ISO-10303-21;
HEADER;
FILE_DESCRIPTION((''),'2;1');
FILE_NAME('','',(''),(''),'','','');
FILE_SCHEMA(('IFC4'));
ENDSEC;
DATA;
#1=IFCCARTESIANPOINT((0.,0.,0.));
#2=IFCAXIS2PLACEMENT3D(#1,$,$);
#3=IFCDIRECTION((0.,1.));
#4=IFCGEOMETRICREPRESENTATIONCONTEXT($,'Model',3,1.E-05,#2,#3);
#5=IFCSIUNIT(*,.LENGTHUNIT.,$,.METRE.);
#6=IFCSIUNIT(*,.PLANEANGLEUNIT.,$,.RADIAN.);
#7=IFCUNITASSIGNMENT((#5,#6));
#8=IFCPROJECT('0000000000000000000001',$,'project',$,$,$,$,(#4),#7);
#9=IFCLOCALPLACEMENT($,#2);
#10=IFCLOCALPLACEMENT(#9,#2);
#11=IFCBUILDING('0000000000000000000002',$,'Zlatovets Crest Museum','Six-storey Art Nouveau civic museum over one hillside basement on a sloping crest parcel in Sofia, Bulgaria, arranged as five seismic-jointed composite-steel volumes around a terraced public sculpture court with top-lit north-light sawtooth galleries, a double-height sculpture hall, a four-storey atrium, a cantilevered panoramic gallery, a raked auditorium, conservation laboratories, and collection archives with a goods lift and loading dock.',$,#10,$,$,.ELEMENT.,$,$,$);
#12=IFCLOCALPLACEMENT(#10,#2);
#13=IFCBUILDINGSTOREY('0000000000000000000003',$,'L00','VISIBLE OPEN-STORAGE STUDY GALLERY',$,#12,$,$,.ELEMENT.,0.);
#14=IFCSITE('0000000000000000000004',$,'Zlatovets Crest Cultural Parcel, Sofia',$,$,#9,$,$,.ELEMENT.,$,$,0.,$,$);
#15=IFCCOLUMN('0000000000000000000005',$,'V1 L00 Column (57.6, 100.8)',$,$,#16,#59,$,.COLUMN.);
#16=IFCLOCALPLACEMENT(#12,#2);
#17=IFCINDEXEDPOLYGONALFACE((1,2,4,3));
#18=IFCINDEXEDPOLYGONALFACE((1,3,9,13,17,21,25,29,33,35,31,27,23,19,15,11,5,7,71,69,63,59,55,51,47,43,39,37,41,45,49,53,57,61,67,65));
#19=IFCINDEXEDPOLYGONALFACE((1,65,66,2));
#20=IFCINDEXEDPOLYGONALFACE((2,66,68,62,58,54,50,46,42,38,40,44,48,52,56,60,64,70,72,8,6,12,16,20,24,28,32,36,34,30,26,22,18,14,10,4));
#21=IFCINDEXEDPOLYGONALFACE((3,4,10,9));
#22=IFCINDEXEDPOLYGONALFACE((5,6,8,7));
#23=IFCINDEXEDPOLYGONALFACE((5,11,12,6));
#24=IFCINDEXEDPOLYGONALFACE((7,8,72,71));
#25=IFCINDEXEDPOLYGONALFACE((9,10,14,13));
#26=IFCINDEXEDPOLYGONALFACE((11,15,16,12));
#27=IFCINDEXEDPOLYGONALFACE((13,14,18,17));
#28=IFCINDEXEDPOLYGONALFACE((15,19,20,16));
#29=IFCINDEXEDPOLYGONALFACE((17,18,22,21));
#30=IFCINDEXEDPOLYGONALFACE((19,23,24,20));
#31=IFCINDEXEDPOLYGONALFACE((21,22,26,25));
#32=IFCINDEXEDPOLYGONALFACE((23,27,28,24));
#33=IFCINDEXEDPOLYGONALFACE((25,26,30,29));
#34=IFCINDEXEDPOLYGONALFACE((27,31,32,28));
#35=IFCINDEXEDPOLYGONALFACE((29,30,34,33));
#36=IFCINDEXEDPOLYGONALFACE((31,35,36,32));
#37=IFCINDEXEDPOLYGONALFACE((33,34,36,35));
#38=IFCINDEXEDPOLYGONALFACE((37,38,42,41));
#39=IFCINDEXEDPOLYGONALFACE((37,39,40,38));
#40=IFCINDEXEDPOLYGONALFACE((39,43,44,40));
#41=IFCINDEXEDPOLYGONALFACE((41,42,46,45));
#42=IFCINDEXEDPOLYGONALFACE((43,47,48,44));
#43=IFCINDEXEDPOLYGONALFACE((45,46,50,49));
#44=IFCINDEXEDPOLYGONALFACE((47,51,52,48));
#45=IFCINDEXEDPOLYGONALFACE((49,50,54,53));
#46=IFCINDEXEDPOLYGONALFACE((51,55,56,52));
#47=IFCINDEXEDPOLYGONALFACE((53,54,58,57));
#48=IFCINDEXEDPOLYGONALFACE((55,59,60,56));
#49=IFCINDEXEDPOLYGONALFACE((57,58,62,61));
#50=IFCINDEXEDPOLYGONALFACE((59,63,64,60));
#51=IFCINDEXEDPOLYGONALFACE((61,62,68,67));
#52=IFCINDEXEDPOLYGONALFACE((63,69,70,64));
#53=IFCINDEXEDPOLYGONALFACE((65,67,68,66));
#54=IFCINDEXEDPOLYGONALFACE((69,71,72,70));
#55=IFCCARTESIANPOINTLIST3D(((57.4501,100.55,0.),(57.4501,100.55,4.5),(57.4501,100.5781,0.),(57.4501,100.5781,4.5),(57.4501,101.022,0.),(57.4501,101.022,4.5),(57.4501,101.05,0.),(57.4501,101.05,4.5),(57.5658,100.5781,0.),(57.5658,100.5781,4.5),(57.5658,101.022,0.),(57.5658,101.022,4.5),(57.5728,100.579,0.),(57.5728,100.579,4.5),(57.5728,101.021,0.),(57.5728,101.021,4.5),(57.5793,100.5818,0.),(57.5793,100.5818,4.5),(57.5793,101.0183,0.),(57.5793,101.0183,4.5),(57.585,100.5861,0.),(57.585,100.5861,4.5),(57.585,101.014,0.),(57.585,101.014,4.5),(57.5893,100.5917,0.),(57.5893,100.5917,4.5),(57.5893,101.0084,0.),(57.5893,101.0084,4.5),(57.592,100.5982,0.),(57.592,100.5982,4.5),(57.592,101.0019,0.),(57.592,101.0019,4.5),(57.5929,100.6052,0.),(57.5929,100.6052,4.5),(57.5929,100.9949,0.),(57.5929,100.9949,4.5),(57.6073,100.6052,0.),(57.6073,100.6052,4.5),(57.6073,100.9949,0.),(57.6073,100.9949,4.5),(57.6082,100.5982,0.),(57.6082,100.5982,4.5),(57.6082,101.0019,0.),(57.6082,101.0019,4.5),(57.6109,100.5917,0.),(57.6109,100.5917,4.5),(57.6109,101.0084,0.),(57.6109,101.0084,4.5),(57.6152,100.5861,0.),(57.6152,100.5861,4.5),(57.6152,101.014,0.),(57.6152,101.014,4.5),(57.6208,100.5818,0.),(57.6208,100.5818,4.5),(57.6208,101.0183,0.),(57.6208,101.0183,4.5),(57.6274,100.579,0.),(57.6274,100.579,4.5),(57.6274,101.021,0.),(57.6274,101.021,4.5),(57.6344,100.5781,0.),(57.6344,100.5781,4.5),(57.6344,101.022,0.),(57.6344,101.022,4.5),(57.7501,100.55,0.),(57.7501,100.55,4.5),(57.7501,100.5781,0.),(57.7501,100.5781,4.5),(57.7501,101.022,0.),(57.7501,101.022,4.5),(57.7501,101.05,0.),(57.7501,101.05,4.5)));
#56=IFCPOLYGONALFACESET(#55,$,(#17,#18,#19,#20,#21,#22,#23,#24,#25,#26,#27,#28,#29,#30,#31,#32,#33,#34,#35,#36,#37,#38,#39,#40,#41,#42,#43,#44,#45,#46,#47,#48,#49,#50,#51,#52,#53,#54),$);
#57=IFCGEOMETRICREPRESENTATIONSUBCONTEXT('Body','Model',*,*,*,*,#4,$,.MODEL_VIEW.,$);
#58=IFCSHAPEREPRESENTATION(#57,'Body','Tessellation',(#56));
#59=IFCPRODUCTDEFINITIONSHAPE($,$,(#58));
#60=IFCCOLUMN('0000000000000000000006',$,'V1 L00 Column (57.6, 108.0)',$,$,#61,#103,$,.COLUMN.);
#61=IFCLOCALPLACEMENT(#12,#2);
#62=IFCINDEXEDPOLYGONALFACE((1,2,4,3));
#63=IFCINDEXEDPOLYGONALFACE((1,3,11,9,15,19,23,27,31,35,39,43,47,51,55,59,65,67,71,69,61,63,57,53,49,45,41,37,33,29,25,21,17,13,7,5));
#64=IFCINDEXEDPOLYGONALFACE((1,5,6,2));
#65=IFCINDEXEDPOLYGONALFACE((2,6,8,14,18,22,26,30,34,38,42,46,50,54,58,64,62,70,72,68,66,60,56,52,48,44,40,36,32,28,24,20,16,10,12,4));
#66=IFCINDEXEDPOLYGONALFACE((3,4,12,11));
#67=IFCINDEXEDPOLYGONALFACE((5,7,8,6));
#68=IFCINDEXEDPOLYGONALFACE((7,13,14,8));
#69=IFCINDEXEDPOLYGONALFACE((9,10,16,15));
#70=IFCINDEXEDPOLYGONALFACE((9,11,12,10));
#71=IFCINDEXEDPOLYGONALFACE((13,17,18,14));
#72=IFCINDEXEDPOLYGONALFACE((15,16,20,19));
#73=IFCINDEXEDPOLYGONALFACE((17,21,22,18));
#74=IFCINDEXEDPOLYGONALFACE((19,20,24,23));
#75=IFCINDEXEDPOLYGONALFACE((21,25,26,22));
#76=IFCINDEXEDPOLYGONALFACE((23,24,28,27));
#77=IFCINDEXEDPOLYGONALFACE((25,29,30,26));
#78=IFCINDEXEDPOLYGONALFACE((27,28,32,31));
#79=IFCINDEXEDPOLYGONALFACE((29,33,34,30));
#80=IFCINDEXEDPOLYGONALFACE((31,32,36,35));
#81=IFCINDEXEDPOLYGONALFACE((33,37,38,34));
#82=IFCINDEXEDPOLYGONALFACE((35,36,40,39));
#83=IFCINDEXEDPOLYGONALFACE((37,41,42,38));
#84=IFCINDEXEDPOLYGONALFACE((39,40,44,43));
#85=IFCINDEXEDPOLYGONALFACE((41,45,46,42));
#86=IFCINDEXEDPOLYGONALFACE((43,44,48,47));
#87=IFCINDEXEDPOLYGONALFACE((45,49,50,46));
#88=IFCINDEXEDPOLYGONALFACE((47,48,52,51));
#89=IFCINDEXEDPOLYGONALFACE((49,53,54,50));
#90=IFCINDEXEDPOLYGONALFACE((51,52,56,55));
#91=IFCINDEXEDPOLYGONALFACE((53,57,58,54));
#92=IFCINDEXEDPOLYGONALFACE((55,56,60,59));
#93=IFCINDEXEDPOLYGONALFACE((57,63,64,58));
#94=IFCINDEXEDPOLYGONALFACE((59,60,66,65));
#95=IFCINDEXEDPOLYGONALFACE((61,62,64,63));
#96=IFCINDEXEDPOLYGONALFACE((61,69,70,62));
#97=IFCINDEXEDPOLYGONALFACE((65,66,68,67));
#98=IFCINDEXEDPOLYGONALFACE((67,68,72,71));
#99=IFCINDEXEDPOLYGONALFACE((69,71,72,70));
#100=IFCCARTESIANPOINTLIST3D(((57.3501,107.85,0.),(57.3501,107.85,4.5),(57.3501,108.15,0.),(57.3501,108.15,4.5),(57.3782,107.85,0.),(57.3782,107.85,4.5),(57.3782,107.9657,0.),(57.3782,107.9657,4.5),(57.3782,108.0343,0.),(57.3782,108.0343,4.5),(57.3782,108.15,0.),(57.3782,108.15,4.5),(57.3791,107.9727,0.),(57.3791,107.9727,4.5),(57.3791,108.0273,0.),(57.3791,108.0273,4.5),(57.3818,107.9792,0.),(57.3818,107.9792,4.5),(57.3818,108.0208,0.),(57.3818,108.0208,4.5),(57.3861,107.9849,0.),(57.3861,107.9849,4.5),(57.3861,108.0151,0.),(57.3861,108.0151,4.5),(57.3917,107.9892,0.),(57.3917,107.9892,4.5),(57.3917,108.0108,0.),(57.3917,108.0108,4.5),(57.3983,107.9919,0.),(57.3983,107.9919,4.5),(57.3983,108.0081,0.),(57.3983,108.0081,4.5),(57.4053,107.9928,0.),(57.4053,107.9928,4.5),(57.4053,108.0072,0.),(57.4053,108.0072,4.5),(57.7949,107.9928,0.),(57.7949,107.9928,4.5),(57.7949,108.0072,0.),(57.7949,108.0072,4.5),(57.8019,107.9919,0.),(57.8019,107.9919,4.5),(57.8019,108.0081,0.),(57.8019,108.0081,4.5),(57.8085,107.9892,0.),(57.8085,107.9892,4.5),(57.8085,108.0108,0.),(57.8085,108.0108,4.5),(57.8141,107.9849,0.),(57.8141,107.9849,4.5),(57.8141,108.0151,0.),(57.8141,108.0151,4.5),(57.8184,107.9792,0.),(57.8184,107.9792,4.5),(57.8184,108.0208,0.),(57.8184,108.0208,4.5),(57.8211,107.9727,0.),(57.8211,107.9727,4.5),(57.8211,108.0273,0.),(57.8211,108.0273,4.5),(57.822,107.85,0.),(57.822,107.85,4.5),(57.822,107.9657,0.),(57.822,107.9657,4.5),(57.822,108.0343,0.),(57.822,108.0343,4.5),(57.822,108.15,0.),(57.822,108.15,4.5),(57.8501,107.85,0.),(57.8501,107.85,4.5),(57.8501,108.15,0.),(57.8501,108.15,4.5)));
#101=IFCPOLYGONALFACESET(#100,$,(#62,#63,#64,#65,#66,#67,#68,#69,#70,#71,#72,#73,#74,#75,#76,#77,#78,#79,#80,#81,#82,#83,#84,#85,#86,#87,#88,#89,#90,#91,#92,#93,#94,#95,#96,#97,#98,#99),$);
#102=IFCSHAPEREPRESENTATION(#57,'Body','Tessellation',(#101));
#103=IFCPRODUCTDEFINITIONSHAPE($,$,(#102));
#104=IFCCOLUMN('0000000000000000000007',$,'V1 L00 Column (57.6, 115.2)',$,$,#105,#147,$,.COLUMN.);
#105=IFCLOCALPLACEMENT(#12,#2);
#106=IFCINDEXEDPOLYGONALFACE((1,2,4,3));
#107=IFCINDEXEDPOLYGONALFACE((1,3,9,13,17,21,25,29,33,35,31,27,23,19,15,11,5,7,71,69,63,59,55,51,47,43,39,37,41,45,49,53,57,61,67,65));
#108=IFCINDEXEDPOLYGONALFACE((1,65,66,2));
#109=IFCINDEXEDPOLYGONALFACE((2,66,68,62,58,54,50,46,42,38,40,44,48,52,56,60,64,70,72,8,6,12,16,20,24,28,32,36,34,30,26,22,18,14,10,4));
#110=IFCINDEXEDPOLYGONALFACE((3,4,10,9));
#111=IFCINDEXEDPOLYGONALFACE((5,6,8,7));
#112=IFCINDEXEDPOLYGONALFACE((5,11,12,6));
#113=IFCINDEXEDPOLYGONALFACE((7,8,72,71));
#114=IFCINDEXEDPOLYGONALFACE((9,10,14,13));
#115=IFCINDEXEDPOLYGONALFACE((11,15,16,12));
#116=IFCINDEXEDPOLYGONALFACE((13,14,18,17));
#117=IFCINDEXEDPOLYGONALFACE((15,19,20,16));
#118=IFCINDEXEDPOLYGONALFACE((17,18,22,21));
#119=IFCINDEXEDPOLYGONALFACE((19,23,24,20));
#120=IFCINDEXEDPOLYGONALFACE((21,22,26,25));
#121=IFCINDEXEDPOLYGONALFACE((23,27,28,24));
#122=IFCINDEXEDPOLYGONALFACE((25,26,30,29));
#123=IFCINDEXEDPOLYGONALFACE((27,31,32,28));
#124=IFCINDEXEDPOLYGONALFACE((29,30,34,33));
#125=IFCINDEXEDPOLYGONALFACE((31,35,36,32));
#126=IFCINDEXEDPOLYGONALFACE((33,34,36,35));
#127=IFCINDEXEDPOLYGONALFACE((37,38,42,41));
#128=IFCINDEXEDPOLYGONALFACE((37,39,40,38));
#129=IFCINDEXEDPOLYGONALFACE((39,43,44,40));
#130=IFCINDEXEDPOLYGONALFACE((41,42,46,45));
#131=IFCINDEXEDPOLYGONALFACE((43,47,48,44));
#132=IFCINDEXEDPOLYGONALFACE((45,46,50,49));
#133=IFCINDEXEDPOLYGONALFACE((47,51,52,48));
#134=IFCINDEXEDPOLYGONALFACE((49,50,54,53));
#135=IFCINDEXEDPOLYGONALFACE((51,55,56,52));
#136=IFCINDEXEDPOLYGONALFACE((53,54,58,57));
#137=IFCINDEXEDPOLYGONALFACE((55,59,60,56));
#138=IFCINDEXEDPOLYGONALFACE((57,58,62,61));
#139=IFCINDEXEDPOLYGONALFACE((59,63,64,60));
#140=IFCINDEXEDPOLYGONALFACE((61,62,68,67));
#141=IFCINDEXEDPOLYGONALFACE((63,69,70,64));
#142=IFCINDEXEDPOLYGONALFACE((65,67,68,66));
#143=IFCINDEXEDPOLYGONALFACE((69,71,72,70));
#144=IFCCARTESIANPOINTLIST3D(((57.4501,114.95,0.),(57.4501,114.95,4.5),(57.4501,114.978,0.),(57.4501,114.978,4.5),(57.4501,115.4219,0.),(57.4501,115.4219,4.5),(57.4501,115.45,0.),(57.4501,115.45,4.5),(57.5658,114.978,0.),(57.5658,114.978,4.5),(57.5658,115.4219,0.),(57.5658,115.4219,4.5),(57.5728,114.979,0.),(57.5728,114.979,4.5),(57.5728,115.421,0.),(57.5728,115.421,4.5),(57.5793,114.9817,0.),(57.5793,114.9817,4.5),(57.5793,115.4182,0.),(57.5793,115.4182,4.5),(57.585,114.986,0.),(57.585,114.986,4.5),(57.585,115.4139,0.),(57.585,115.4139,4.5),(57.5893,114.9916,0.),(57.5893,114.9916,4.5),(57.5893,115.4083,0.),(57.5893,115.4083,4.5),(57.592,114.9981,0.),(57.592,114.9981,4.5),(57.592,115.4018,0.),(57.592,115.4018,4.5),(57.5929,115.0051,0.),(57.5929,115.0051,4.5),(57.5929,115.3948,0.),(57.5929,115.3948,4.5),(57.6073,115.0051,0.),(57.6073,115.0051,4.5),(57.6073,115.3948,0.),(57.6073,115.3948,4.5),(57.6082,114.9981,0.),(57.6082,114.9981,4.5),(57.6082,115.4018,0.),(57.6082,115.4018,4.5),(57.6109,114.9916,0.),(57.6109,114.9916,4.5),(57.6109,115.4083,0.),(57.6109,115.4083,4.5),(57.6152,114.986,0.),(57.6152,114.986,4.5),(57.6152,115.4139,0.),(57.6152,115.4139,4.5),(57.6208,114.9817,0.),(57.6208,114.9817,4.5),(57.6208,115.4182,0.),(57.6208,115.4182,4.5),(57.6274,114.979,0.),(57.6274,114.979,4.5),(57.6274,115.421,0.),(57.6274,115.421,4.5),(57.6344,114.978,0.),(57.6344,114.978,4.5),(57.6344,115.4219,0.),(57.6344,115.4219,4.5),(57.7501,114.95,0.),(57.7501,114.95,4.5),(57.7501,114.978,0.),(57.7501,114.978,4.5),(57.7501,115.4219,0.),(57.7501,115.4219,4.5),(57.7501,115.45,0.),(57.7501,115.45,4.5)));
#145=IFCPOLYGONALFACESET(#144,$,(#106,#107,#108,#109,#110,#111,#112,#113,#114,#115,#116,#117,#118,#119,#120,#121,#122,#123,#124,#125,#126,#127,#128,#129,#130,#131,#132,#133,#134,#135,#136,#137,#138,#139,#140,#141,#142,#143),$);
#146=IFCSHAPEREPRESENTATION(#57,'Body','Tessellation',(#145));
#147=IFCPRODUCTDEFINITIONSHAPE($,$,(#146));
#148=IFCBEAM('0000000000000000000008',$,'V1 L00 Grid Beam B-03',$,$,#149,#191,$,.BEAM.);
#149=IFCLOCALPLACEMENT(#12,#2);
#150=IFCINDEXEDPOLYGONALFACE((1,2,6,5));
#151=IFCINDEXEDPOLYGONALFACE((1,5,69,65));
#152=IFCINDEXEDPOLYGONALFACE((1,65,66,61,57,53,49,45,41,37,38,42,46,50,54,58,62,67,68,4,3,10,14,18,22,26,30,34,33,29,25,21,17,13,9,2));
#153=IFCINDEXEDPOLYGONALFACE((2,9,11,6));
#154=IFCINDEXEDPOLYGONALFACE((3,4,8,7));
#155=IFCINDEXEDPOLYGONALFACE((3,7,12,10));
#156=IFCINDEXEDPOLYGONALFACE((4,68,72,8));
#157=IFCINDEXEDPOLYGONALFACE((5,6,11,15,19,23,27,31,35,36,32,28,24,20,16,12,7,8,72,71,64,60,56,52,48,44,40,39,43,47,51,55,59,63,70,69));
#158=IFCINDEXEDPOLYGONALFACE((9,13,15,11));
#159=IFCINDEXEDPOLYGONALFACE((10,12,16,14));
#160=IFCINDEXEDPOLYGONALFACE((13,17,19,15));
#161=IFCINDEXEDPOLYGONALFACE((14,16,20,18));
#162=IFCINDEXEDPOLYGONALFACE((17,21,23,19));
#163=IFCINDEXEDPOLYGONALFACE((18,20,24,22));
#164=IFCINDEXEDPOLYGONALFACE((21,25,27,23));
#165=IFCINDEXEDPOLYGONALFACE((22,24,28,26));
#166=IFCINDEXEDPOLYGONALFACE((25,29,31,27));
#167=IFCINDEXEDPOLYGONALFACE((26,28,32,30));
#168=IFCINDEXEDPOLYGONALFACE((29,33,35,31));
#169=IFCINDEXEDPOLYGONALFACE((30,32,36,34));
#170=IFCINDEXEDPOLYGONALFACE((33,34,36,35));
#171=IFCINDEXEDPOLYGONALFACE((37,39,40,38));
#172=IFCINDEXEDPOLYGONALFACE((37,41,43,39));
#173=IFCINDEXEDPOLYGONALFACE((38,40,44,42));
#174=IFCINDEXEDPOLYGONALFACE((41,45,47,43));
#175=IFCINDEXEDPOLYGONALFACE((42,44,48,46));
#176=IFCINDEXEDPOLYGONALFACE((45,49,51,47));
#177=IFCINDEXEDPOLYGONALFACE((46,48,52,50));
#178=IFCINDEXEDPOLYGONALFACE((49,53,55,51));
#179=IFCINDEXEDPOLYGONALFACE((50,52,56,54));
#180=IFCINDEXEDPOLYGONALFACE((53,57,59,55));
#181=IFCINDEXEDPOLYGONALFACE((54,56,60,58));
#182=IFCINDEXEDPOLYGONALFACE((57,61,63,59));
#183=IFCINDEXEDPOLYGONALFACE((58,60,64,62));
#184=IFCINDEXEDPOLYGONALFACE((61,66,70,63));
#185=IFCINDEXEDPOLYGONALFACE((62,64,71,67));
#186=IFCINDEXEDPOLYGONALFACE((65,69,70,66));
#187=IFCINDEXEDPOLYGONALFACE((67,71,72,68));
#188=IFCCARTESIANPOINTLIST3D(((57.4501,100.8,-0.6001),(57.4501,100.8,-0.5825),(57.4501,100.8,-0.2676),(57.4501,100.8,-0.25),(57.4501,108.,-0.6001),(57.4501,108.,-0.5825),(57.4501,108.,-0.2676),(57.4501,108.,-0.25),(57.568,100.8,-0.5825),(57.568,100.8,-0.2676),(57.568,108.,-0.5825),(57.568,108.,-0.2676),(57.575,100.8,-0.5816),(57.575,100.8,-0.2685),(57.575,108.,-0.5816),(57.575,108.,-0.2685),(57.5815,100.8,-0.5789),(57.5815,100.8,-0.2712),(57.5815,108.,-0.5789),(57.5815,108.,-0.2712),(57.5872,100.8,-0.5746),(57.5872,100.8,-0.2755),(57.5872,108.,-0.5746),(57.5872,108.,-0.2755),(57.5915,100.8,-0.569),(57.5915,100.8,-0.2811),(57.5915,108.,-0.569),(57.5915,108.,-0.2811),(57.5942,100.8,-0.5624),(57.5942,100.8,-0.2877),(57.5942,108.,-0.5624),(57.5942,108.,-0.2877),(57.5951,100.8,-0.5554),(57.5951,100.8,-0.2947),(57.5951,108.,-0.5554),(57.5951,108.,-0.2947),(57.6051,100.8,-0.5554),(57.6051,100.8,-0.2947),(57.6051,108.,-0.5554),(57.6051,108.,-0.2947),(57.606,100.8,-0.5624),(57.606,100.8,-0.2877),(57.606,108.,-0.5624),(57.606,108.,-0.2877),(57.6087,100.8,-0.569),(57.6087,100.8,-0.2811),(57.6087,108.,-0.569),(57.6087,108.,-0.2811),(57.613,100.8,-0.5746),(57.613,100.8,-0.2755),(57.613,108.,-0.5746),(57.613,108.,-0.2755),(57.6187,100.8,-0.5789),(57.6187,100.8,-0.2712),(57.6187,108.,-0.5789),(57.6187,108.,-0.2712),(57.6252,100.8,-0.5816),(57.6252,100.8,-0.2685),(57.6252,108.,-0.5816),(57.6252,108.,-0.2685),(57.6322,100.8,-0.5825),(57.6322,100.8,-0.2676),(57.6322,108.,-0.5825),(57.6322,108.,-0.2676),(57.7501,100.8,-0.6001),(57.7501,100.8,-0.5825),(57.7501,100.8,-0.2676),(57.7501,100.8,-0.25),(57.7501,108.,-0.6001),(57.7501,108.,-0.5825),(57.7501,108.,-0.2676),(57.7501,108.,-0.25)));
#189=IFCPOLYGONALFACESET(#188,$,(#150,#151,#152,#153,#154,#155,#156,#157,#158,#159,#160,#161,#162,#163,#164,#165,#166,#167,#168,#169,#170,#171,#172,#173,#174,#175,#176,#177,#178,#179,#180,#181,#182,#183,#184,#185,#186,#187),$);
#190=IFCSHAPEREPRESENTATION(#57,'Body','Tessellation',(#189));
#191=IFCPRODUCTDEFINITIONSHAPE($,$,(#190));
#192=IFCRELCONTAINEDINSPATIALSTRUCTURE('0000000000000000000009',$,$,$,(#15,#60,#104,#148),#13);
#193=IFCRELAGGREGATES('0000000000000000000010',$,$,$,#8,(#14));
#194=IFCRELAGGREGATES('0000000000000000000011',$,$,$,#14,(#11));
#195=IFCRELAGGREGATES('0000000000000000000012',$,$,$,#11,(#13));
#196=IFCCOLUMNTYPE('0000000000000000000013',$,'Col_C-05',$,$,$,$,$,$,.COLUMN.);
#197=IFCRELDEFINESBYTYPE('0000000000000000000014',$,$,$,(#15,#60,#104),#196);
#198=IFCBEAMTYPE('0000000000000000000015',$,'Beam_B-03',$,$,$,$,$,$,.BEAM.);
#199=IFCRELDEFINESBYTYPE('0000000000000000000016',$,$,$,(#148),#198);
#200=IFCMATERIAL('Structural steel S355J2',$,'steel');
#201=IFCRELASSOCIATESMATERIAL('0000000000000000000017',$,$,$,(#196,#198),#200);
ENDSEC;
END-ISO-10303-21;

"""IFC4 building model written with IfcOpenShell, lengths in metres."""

from ifc_helpers import new_model, si_unit, direction, frame, origin, origin_2d, place, context, subcontext, project, spatial, i_section, extrude, material, material_profile, profile_set, type_object, element, save


model = new_model("IFC4")

# Units and contexts
model_context = context("Model", 3, precision=1e-05, world=origin(), true_north=direction((0.0, 1.0)))
body_context = subcontext(model_context, "Body", "Model", "MODEL_VIEW")
ifc_project = project(units=[si_unit("LENGTHUNIT", "METRE"), si_unit("PLANEANGLEUNIT", "RADIAN")], contexts=[model_context])

# Site, building, storey
site_placement = place(None, origin())
site = spatial("IfcSite", under=ifc_project, at=site_placement, Name="Zlatovets Crest Cultural Parcel, Sofia", CompositionType="ELEMENT", RefElevation=0.0)
building_placement = place(site_placement, origin())
building = spatial("IfcBuilding", under=site, at=building_placement, Name="Zlatovets Crest Museum", Description="Six-storey Art Nouveau civic museum over one hillside basement on a sloping crest parcel in Sofia, Bulgaria, arranged as five seismic-jointed composite-steel volumes around a terraced public sculpture court with top-lit north-light sawtooth galleries, a double-height sculpture hall, a four-storey atrium, a cantilevered panoramic gallery, a raked auditorium, conservation laboratories, and collection archives with a goods lift and loading dock.", CompositionType="ELEMENT")
storey_placement = place(building_placement, origin())
storey = spatial("IfcBuildingStorey", under=building, at=storey_placement, Name="L00", Description="VISIBLE OPEN-STORAGE STUDY GALLERY", CompositionType="ELEMENT", Elevation=0.0)

# Columns
ifc_material_1 = material(Name="Structural steel S355J2", Category="steel")
ifc_material_profile_1 = material_profile(ifc_material_1, i_section(OverallWidth=0.3, OverallDepth=0.5, WebThickness=0.0144, FlangeThickness=0.0281, FilletRadius=0.0271, at=origin_2d()), Name="HEB 500")
ifc_profile_set_1 = profile_set([ifc_material_profile_1], Name="Structural steel S355J2")
column_type = type_object("IfcColumnType", Name="Col_C-05", PredefinedType="COLUMN", material=ifc_profile_set_1)
for number, where, z_axis, x_axis, name in (
    (1, (57.6001, 100.8, 0.0), (0.0, 0.0, 1.0), (1.0, 0.0, 0.0), "V1 L00 Column (57.6, 100.8)"),
    (2, (57.6001, 108.0, 0.0), (0.0, 0.0, 1.0), (0.0, 1.0, 0.0), "V1 L00 Column (57.6, 108.0)"),
    (3, (57.6001, 115.2, 0.0), (0.0, 0.0, 1.0), (1.0, 0.0, 0.0), "V1 L00 Column (57.6, 115.2)"),
):
    element("IfcColumn", number, at=place(storey_placement, frame(where, z_axis=z_axis, x_axis=x_axis)), inside=storey, type_object=column_type, Name=name, PredefinedType="COLUMN", context=body_context, shape_type="SweptSolid", body=[
        extrude(i_section(OverallWidth=0.3, OverallDepth=0.5, WebThickness=0.0144, FlangeThickness=0.0281, FilletRadius=0.0271, at=origin_2d()), origin(), (0.0, 0.0, 1.0), 4.5),
    ])

# Beam
ifc_material_profile_2 = material_profile(ifc_material_1, i_section(OverallWidth=0.3, OverallDepth=0.3501, WebThickness=0.01, FlangeThickness=0.0176, FilletRadius=0.0271, at=origin_2d()), Name="HEA 360")
ifc_profile_set_2 = profile_set([ifc_material_profile_2], Name="Structural steel S355J2")
beam_type_1 = type_object("IfcBeamType", Name="Beam_B-03", PredefinedType="BEAM", material=ifc_profile_set_2)
for number, where, z_axis, x_axis, name in (
    (4, (57.6001, 100.8, -0.425), (0.0, 1.0, 0.0), (-1.0, 0.0, 0.0), "V1 L00 Grid Beam B-03"),
):
    element("IfcBeam", number, at=place(storey_placement, frame(where, z_axis=z_axis, x_axis=x_axis)), inside=storey, type_object=beam_type_1, Name=name, PredefinedType="BEAM", context=body_context, shape_type="SweptSolid", body=[
        extrude(i_section(OverallWidth=0.3, OverallDepth=0.3501, WebThickness=0.01, FlangeThickness=0.0176, FilletRadius=0.0271, at=origin_2d()), origin(), (0.0, 0.0, 1.0), 7.2),
    ])

save(model, "model.ifc")
